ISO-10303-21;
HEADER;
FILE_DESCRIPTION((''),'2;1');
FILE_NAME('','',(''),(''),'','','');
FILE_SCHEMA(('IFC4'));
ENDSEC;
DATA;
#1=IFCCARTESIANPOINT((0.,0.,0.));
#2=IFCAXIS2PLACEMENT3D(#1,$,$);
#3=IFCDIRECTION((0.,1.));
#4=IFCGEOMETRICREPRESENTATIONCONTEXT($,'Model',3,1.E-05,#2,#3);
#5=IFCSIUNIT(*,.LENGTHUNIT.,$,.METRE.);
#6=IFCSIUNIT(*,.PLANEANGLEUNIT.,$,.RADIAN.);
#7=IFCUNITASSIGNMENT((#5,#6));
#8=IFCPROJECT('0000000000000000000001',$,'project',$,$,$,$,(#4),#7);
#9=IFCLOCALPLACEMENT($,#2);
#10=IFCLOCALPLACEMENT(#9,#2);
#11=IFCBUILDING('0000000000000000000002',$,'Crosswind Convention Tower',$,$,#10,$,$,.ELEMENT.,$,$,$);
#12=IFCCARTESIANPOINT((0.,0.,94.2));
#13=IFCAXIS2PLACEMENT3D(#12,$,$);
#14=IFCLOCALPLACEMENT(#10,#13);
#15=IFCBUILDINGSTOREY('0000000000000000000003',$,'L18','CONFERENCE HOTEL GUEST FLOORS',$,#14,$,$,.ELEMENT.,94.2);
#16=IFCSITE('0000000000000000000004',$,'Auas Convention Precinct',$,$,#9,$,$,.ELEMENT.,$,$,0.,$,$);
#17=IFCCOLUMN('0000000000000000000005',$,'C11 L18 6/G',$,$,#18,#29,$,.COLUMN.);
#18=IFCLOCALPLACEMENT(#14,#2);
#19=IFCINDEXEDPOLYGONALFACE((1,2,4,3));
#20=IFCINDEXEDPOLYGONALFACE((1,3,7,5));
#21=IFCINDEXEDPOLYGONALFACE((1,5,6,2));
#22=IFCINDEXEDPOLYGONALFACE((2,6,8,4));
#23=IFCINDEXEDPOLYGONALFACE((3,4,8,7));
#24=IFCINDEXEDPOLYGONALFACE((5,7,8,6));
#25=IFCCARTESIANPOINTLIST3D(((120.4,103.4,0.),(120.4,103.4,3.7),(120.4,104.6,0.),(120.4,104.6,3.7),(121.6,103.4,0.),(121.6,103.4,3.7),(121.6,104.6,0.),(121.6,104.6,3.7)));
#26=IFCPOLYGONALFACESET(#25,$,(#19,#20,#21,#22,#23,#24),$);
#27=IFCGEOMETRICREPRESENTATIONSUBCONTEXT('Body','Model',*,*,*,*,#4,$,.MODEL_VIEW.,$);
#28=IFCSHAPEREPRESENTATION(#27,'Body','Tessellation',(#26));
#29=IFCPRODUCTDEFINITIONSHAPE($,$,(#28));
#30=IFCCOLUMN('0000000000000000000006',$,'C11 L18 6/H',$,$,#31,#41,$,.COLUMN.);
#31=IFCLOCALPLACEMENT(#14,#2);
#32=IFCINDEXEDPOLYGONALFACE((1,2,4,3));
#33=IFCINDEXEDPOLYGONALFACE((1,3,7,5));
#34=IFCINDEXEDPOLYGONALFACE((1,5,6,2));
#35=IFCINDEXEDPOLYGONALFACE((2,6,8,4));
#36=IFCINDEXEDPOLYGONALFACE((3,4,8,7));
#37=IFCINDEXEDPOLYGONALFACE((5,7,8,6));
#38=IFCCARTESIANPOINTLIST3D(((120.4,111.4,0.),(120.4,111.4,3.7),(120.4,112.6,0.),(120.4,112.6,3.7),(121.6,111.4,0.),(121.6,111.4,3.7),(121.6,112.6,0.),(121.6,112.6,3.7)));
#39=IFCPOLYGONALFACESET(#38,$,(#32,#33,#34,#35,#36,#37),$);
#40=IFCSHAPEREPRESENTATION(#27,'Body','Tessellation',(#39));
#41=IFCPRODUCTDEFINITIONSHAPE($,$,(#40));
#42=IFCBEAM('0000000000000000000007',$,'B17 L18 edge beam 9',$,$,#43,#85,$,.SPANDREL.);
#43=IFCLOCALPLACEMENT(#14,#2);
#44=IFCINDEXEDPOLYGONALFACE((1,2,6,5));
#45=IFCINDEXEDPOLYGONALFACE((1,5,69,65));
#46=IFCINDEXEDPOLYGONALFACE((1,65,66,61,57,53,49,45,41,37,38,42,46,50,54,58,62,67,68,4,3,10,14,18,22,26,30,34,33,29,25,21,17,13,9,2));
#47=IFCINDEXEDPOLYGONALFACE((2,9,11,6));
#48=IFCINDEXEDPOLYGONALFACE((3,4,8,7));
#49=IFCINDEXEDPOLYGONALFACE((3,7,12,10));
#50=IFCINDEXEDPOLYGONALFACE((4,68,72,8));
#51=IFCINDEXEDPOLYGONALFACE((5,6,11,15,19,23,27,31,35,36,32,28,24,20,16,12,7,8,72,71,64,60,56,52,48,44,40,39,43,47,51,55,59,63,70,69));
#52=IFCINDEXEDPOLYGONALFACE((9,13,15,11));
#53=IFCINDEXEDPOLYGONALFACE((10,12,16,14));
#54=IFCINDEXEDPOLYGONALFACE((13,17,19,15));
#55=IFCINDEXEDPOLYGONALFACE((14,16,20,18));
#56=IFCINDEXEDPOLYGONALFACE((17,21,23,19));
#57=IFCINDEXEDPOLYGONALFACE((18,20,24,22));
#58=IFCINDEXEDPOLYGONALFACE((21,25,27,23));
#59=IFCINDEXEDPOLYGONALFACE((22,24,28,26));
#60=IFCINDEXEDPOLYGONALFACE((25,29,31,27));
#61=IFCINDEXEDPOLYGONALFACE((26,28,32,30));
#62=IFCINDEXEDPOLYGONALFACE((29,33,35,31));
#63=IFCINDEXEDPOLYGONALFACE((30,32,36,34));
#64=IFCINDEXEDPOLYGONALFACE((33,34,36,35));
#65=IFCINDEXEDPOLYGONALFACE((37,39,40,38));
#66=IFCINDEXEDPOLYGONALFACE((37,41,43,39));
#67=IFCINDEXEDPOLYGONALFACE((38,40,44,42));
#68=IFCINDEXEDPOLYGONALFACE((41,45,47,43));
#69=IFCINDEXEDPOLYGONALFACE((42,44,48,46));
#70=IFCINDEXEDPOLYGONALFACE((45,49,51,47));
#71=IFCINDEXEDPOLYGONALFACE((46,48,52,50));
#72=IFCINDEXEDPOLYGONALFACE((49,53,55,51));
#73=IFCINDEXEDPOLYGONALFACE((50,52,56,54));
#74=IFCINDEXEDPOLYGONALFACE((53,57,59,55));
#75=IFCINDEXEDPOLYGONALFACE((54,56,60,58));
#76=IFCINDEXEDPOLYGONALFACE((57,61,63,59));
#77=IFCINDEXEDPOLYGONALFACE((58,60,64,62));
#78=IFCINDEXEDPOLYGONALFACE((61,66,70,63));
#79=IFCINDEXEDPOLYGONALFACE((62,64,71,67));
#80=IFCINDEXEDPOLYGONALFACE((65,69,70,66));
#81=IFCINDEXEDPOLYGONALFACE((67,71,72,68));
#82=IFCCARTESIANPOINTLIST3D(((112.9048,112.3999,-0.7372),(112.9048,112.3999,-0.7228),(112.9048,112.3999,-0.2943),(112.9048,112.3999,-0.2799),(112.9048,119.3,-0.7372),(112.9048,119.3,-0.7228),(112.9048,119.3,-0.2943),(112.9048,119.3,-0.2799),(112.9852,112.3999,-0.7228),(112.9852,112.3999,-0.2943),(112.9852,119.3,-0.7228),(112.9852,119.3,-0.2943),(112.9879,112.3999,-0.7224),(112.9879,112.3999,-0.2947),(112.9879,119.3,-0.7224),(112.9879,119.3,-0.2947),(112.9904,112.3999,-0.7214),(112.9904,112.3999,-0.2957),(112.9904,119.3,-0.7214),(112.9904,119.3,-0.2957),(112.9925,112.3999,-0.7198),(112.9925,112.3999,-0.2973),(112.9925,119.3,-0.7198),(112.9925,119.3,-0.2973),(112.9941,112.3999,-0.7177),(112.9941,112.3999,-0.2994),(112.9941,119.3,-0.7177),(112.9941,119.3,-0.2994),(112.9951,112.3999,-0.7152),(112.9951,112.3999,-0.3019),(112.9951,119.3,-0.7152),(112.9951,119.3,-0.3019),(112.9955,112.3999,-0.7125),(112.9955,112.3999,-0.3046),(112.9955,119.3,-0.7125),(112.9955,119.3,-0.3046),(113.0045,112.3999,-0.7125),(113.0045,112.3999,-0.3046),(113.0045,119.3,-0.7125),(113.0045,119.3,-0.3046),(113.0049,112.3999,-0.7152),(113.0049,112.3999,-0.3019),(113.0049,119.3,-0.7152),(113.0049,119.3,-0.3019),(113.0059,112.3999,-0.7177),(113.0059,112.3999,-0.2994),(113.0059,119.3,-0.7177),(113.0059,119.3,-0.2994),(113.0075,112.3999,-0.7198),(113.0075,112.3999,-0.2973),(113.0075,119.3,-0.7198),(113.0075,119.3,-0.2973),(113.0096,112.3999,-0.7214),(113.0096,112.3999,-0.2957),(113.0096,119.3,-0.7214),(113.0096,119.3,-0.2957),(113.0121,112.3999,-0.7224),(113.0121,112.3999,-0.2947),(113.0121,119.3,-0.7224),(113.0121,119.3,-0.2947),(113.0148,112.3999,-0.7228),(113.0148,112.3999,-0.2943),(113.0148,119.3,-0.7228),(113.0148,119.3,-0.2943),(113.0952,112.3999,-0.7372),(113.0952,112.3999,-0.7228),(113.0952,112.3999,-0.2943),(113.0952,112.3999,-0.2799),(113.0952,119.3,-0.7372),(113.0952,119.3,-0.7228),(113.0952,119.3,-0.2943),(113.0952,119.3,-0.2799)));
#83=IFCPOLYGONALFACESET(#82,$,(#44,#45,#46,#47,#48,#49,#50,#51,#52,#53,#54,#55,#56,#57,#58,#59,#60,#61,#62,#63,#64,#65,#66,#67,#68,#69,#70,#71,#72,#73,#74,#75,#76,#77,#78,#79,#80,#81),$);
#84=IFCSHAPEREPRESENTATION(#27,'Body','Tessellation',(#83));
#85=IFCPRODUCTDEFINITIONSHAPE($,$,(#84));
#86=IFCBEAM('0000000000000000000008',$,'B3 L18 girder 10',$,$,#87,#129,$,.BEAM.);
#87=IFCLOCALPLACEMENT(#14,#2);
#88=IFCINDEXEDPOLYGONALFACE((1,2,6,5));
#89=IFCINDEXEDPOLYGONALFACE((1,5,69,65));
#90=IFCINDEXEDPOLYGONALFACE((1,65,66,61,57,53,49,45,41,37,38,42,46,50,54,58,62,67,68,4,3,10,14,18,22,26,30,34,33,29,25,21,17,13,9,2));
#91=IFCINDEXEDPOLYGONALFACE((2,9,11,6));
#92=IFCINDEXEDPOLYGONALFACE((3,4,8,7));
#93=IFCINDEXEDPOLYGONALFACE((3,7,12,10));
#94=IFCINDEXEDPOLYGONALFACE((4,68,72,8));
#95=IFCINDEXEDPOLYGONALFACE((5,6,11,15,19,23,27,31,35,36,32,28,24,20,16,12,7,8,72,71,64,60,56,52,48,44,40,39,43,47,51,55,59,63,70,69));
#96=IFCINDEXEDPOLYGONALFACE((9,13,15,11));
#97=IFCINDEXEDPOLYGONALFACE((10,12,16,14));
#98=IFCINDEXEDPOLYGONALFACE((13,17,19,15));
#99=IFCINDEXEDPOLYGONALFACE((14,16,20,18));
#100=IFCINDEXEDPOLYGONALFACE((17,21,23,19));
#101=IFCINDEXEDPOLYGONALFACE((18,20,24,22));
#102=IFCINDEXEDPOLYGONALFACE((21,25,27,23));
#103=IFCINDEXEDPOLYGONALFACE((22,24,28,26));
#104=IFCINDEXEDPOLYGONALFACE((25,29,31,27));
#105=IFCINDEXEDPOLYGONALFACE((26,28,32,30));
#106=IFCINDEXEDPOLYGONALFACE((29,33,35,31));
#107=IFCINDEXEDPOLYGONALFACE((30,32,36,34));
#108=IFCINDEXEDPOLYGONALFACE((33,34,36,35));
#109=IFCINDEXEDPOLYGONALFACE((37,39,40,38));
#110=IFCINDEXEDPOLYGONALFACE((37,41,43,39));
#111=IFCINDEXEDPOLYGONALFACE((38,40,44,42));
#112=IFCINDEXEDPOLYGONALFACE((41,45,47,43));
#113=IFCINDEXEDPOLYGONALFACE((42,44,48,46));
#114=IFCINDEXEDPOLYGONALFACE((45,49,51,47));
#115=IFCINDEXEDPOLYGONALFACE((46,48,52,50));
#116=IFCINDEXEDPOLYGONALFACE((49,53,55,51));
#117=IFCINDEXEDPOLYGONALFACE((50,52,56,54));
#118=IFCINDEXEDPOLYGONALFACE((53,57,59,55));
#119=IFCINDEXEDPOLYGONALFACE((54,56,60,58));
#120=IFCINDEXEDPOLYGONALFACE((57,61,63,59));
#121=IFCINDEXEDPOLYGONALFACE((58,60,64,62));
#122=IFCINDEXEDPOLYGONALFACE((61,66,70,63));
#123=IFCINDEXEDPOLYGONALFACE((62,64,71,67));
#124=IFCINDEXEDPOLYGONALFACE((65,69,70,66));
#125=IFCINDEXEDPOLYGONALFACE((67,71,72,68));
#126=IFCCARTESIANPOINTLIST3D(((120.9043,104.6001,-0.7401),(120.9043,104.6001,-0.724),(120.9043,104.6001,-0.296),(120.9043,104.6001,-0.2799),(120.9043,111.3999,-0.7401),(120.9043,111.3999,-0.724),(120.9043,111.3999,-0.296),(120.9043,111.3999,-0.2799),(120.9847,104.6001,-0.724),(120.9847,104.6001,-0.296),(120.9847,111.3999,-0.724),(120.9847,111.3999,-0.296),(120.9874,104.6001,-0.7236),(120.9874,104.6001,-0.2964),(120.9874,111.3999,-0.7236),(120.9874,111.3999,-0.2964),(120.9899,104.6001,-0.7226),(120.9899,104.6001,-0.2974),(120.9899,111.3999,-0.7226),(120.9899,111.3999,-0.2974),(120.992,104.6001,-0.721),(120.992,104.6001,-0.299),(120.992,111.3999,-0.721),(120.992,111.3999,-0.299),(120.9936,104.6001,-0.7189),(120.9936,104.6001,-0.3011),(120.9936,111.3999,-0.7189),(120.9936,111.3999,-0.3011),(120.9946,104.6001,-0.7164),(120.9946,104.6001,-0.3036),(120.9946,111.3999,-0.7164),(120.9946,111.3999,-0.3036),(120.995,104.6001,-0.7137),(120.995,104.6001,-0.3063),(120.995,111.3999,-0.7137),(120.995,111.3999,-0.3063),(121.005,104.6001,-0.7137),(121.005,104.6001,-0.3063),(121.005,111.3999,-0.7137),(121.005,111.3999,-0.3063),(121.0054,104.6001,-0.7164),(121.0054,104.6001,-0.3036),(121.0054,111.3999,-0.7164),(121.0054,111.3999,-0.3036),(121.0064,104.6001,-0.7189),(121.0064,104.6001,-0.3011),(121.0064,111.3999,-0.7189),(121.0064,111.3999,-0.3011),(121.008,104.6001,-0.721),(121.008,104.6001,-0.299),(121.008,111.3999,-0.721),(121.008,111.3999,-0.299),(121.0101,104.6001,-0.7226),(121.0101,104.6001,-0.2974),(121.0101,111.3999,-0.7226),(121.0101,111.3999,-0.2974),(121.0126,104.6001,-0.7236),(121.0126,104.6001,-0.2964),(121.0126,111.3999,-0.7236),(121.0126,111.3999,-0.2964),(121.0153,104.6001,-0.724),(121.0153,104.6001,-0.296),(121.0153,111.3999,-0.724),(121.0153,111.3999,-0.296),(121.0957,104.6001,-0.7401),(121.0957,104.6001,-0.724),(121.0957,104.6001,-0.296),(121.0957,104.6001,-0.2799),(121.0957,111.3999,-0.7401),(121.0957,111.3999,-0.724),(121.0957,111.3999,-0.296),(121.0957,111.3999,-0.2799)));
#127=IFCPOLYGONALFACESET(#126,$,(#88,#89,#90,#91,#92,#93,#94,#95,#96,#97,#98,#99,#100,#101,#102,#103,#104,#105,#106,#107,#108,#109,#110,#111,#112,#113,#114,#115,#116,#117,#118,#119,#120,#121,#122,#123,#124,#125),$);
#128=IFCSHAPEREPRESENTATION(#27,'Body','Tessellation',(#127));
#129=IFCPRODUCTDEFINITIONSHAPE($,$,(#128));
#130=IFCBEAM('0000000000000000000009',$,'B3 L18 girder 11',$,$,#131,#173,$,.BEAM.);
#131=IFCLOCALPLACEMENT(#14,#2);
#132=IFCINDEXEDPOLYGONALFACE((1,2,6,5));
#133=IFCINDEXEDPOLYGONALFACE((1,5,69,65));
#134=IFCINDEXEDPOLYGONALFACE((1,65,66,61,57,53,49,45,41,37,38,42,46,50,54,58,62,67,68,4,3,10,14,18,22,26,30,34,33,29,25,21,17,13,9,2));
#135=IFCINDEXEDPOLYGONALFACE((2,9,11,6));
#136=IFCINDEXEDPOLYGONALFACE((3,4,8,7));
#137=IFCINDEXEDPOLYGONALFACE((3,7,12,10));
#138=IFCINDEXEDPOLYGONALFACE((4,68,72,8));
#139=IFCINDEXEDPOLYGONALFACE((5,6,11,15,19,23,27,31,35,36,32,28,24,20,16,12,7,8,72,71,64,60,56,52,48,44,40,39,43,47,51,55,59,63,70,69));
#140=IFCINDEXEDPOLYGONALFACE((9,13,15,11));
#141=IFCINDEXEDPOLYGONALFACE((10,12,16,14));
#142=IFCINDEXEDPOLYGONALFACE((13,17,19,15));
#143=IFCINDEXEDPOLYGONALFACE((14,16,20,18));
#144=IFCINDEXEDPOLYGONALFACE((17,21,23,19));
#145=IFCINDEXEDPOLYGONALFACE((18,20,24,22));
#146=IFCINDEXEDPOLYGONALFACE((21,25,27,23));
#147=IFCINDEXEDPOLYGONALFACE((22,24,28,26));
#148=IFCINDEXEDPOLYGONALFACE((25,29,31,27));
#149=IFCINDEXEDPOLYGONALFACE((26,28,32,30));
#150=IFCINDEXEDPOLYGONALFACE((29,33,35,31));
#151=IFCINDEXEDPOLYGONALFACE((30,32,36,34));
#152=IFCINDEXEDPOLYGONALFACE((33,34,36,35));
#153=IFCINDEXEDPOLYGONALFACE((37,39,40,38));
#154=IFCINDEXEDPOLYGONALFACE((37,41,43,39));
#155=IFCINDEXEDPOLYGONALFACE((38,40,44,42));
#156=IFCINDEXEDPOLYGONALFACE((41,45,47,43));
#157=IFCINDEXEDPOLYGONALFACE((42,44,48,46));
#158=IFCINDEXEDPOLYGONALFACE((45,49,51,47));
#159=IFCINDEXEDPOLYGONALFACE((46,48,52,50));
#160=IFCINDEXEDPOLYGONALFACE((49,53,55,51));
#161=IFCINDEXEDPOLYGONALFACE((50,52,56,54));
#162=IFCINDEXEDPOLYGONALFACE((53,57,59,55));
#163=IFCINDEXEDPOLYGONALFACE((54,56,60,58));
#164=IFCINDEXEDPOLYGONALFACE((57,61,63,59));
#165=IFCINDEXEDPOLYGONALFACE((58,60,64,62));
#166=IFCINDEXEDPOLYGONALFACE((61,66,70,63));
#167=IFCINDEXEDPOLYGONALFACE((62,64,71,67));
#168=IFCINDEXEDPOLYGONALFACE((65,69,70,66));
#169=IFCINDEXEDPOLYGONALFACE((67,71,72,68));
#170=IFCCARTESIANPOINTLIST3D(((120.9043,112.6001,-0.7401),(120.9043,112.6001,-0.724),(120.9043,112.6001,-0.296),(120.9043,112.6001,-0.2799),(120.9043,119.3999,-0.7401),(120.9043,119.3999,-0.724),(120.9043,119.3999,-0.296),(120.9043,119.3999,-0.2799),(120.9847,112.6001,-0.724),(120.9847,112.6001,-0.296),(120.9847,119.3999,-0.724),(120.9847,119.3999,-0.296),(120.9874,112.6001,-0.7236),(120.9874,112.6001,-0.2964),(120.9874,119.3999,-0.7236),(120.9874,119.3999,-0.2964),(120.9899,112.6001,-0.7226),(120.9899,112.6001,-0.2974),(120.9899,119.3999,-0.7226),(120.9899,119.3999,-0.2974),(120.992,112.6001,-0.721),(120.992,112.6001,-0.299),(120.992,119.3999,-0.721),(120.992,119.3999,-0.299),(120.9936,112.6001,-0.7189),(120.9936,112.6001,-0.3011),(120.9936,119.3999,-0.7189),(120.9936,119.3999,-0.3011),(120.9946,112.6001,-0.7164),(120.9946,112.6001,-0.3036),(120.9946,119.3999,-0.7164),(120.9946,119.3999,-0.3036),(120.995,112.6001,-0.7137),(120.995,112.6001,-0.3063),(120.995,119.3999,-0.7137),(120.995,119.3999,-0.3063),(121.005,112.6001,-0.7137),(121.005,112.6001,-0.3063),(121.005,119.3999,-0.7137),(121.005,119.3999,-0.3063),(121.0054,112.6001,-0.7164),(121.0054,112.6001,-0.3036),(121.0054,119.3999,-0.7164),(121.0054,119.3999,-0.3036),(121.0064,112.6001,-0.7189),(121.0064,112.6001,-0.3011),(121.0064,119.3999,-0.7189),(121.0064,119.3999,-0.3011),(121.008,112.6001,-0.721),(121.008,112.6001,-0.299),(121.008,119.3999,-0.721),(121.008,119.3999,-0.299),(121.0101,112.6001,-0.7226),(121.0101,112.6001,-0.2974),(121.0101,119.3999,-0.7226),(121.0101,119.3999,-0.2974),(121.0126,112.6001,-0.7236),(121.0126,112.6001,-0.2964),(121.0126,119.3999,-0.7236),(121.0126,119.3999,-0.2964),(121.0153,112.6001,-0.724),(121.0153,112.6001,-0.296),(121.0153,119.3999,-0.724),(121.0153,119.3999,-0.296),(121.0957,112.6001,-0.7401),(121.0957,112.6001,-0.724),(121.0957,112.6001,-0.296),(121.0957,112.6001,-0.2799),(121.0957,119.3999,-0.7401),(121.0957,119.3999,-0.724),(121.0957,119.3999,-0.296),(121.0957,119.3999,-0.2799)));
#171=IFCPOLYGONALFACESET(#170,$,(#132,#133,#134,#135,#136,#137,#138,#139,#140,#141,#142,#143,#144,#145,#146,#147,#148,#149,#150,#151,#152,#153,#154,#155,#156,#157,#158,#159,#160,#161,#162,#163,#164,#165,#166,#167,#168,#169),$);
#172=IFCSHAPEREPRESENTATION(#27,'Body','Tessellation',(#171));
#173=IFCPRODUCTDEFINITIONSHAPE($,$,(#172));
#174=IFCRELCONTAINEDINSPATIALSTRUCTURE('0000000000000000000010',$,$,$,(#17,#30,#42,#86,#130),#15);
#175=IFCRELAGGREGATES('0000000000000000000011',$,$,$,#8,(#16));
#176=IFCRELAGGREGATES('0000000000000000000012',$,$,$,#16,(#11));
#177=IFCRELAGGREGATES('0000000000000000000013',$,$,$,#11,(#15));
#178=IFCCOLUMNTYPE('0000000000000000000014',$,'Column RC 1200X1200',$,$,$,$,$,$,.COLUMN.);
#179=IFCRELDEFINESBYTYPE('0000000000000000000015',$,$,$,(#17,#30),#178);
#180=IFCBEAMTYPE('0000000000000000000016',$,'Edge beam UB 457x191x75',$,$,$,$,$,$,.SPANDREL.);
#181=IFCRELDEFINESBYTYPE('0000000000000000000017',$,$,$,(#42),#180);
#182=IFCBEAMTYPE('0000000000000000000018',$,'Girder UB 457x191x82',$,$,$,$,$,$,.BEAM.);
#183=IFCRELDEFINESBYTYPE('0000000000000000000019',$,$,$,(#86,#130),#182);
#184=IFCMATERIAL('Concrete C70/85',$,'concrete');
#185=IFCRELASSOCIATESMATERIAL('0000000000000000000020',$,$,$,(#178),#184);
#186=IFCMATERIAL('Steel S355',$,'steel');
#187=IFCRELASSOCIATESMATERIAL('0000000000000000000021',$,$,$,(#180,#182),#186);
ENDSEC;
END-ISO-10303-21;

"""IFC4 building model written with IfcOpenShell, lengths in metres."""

from ifc_helpers import new_model, si_unit, direction, frame, origin, origin_2d, place, context, subcontext, project, spatial, rectangle, i_section, extrude, material, material_profile, profile_set, type_object, element, save


model = new_model("IFC4")

# Units and contexts
model_context = context("Model", 3, precision=1e-05, world=origin(), true_north=direction((0.0, 1.0)))
body_context = subcontext(model_context, "Body", "Model", "MODEL_VIEW")
ifc_project = project(units=[si_unit("LENGTHUNIT", "METRE"), si_unit("PLANEANGLEUNIT", "RADIAN")], contexts=[model_context])

# Site, building, storey
site_placement = place(None, origin())
site = spatial("IfcSite", under=ifc_project, at=site_placement, Name="Auas Convention Precinct", CompositionType="ELEMENT", RefElevation=0.0)
building_placement = place(site_placement, origin())
building = spatial("IfcBuilding", under=site, at=building_placement, Name="Crosswind Convention Tower", CompositionType="ELEMENT")
storey_placement = place(building_placement, frame((0.0, 0.0, 94.2)))
storey = spatial("IfcBuildingStorey", under=building, at=storey_placement, Name="L18", Description="CONFERENCE HOTEL GUEST FLOORS", CompositionType="ELEMENT", Elevation=94.2)

# Columns
ifc_material_1 = material(Name="Concrete C70/85", Category="concrete")
ifc_material_profile_1 = material_profile(ifc_material_1, rectangle(XDim=1.2, YDim=1.2, at=origin_2d()), Name="RC 1200X1200")
ifc_profile_set_1 = profile_set([ifc_material_profile_1], Name="Concrete C70/85")
column_type = type_object("IfcColumnType", Name="Column RC 1200X1200", PredefinedType="COLUMN", material=ifc_profile_set_1)
for number, where, z_axis, x_axis, name in (
    (1, (121.0, 104.0, 0.0), (0.0, 0.0, 1.0), (1.0, 0.0, 0.0), "C11 L18 6/G"),
    (2, (121.0, 112.0, 0.0), (0.0, 0.0, 1.0), (1.0, 0.0, 0.0), "C11 L18 6/H"),
):
    element("IfcColumn", number, at=place(storey_placement, frame(where, z_axis=z_axis, x_axis=x_axis)), inside=storey, type_object=column_type, Name=name, PredefinedType="COLUMN", context=body_context, shape_type="SweptSolid", body=[
        extrude(rectangle(XDim=1.2, YDim=1.2, at=origin_2d()), origin(), (0.0, 0.0, 1.0), 3.7),
    ])

# Beams
ifc_material_2 = material(Name="Steel S355", Category="steel")
ifc_material_profile_2 = material_profile(ifc_material_2, i_section(OverallWidth=0.1904, OverallDepth=0.4573, WebThickness=0.009, FlangeThickness=0.0144, FilletRadius=0.0103, at=origin_2d()), Name="UB 457x191x75")
ifc_profile_set_2 = profile_set([ifc_material_profile_2], Name="Steel S355")
beam_type_1 = type_object("IfcBeamType", Name="Edge beam UB 457x191x75", PredefinedType="SPANDREL", material=ifc_profile_set_2)
beam_1_placement = place(storey_placement, frame((113.0, 112.3999, -0.5085), z_axis=(0.0, 1.0, 0.0), x_axis=(-1.0, 0.0, 0.0)))
element("IfcBeam", 3, at=beam_1_placement, inside=storey, type_object=beam_type_1, Name="B17 L18 edge beam 9", PredefinedType="SPANDREL", context=body_context, shape_type="SweptSolid", body=[
    extrude(i_section(OverallWidth=0.1904, OverallDepth=0.4573, WebThickness=0.009, FlangeThickness=0.0144, FilletRadius=0.0103, at=origin_2d()), origin(), (0.0, 0.0, 1.0), 6.9001),
])
ifc_material_profile_3 = material_profile(ifc_material_2, i_section(OverallWidth=0.1914, OverallDepth=0.4602, WebThickness=0.01, FlangeThickness=0.0161, FilletRadius=0.0103, at=origin_2d()), Name="UB 457x191x82")
ifc_profile_set_3 = profile_set([ifc_material_profile_3], Name="Steel S355")
beam_type_2 = type_object("IfcBeamType", Name="Girder UB 457x191x82", PredefinedType="BEAM", material=ifc_profile_set_3)
for number, where, z_axis, x_axis, name in (
    (4, (121.0, 104.6001, -0.51), (0.0, 1.0, 0.0), (-1.0, 0.0, 0.0), "B3 L18 girder 10"),
    (5, (121.0, 112.6001, -0.51), (0.0, 1.0, 0.0), (-1.0, 0.0, 0.0), "B3 L18 girder 11"),
):
    element("IfcBeam", number, at=place(storey_placement, frame(where, z_axis=z_axis, x_axis=x_axis)), inside=storey, type_object=beam_type_2, Name=name, PredefinedType="BEAM", context=body_context, shape_type="SweptSolid", body=[
        extrude(i_section(OverallWidth=0.1914, OverallDepth=0.4602, WebThickness=0.01, FlangeThickness=0.0161, FilletRadius=0.0103, at=origin_2d()), origin(), (0.0, 0.0, 1.0), 6.7998),
    ])

save(model, "model.ifc")
